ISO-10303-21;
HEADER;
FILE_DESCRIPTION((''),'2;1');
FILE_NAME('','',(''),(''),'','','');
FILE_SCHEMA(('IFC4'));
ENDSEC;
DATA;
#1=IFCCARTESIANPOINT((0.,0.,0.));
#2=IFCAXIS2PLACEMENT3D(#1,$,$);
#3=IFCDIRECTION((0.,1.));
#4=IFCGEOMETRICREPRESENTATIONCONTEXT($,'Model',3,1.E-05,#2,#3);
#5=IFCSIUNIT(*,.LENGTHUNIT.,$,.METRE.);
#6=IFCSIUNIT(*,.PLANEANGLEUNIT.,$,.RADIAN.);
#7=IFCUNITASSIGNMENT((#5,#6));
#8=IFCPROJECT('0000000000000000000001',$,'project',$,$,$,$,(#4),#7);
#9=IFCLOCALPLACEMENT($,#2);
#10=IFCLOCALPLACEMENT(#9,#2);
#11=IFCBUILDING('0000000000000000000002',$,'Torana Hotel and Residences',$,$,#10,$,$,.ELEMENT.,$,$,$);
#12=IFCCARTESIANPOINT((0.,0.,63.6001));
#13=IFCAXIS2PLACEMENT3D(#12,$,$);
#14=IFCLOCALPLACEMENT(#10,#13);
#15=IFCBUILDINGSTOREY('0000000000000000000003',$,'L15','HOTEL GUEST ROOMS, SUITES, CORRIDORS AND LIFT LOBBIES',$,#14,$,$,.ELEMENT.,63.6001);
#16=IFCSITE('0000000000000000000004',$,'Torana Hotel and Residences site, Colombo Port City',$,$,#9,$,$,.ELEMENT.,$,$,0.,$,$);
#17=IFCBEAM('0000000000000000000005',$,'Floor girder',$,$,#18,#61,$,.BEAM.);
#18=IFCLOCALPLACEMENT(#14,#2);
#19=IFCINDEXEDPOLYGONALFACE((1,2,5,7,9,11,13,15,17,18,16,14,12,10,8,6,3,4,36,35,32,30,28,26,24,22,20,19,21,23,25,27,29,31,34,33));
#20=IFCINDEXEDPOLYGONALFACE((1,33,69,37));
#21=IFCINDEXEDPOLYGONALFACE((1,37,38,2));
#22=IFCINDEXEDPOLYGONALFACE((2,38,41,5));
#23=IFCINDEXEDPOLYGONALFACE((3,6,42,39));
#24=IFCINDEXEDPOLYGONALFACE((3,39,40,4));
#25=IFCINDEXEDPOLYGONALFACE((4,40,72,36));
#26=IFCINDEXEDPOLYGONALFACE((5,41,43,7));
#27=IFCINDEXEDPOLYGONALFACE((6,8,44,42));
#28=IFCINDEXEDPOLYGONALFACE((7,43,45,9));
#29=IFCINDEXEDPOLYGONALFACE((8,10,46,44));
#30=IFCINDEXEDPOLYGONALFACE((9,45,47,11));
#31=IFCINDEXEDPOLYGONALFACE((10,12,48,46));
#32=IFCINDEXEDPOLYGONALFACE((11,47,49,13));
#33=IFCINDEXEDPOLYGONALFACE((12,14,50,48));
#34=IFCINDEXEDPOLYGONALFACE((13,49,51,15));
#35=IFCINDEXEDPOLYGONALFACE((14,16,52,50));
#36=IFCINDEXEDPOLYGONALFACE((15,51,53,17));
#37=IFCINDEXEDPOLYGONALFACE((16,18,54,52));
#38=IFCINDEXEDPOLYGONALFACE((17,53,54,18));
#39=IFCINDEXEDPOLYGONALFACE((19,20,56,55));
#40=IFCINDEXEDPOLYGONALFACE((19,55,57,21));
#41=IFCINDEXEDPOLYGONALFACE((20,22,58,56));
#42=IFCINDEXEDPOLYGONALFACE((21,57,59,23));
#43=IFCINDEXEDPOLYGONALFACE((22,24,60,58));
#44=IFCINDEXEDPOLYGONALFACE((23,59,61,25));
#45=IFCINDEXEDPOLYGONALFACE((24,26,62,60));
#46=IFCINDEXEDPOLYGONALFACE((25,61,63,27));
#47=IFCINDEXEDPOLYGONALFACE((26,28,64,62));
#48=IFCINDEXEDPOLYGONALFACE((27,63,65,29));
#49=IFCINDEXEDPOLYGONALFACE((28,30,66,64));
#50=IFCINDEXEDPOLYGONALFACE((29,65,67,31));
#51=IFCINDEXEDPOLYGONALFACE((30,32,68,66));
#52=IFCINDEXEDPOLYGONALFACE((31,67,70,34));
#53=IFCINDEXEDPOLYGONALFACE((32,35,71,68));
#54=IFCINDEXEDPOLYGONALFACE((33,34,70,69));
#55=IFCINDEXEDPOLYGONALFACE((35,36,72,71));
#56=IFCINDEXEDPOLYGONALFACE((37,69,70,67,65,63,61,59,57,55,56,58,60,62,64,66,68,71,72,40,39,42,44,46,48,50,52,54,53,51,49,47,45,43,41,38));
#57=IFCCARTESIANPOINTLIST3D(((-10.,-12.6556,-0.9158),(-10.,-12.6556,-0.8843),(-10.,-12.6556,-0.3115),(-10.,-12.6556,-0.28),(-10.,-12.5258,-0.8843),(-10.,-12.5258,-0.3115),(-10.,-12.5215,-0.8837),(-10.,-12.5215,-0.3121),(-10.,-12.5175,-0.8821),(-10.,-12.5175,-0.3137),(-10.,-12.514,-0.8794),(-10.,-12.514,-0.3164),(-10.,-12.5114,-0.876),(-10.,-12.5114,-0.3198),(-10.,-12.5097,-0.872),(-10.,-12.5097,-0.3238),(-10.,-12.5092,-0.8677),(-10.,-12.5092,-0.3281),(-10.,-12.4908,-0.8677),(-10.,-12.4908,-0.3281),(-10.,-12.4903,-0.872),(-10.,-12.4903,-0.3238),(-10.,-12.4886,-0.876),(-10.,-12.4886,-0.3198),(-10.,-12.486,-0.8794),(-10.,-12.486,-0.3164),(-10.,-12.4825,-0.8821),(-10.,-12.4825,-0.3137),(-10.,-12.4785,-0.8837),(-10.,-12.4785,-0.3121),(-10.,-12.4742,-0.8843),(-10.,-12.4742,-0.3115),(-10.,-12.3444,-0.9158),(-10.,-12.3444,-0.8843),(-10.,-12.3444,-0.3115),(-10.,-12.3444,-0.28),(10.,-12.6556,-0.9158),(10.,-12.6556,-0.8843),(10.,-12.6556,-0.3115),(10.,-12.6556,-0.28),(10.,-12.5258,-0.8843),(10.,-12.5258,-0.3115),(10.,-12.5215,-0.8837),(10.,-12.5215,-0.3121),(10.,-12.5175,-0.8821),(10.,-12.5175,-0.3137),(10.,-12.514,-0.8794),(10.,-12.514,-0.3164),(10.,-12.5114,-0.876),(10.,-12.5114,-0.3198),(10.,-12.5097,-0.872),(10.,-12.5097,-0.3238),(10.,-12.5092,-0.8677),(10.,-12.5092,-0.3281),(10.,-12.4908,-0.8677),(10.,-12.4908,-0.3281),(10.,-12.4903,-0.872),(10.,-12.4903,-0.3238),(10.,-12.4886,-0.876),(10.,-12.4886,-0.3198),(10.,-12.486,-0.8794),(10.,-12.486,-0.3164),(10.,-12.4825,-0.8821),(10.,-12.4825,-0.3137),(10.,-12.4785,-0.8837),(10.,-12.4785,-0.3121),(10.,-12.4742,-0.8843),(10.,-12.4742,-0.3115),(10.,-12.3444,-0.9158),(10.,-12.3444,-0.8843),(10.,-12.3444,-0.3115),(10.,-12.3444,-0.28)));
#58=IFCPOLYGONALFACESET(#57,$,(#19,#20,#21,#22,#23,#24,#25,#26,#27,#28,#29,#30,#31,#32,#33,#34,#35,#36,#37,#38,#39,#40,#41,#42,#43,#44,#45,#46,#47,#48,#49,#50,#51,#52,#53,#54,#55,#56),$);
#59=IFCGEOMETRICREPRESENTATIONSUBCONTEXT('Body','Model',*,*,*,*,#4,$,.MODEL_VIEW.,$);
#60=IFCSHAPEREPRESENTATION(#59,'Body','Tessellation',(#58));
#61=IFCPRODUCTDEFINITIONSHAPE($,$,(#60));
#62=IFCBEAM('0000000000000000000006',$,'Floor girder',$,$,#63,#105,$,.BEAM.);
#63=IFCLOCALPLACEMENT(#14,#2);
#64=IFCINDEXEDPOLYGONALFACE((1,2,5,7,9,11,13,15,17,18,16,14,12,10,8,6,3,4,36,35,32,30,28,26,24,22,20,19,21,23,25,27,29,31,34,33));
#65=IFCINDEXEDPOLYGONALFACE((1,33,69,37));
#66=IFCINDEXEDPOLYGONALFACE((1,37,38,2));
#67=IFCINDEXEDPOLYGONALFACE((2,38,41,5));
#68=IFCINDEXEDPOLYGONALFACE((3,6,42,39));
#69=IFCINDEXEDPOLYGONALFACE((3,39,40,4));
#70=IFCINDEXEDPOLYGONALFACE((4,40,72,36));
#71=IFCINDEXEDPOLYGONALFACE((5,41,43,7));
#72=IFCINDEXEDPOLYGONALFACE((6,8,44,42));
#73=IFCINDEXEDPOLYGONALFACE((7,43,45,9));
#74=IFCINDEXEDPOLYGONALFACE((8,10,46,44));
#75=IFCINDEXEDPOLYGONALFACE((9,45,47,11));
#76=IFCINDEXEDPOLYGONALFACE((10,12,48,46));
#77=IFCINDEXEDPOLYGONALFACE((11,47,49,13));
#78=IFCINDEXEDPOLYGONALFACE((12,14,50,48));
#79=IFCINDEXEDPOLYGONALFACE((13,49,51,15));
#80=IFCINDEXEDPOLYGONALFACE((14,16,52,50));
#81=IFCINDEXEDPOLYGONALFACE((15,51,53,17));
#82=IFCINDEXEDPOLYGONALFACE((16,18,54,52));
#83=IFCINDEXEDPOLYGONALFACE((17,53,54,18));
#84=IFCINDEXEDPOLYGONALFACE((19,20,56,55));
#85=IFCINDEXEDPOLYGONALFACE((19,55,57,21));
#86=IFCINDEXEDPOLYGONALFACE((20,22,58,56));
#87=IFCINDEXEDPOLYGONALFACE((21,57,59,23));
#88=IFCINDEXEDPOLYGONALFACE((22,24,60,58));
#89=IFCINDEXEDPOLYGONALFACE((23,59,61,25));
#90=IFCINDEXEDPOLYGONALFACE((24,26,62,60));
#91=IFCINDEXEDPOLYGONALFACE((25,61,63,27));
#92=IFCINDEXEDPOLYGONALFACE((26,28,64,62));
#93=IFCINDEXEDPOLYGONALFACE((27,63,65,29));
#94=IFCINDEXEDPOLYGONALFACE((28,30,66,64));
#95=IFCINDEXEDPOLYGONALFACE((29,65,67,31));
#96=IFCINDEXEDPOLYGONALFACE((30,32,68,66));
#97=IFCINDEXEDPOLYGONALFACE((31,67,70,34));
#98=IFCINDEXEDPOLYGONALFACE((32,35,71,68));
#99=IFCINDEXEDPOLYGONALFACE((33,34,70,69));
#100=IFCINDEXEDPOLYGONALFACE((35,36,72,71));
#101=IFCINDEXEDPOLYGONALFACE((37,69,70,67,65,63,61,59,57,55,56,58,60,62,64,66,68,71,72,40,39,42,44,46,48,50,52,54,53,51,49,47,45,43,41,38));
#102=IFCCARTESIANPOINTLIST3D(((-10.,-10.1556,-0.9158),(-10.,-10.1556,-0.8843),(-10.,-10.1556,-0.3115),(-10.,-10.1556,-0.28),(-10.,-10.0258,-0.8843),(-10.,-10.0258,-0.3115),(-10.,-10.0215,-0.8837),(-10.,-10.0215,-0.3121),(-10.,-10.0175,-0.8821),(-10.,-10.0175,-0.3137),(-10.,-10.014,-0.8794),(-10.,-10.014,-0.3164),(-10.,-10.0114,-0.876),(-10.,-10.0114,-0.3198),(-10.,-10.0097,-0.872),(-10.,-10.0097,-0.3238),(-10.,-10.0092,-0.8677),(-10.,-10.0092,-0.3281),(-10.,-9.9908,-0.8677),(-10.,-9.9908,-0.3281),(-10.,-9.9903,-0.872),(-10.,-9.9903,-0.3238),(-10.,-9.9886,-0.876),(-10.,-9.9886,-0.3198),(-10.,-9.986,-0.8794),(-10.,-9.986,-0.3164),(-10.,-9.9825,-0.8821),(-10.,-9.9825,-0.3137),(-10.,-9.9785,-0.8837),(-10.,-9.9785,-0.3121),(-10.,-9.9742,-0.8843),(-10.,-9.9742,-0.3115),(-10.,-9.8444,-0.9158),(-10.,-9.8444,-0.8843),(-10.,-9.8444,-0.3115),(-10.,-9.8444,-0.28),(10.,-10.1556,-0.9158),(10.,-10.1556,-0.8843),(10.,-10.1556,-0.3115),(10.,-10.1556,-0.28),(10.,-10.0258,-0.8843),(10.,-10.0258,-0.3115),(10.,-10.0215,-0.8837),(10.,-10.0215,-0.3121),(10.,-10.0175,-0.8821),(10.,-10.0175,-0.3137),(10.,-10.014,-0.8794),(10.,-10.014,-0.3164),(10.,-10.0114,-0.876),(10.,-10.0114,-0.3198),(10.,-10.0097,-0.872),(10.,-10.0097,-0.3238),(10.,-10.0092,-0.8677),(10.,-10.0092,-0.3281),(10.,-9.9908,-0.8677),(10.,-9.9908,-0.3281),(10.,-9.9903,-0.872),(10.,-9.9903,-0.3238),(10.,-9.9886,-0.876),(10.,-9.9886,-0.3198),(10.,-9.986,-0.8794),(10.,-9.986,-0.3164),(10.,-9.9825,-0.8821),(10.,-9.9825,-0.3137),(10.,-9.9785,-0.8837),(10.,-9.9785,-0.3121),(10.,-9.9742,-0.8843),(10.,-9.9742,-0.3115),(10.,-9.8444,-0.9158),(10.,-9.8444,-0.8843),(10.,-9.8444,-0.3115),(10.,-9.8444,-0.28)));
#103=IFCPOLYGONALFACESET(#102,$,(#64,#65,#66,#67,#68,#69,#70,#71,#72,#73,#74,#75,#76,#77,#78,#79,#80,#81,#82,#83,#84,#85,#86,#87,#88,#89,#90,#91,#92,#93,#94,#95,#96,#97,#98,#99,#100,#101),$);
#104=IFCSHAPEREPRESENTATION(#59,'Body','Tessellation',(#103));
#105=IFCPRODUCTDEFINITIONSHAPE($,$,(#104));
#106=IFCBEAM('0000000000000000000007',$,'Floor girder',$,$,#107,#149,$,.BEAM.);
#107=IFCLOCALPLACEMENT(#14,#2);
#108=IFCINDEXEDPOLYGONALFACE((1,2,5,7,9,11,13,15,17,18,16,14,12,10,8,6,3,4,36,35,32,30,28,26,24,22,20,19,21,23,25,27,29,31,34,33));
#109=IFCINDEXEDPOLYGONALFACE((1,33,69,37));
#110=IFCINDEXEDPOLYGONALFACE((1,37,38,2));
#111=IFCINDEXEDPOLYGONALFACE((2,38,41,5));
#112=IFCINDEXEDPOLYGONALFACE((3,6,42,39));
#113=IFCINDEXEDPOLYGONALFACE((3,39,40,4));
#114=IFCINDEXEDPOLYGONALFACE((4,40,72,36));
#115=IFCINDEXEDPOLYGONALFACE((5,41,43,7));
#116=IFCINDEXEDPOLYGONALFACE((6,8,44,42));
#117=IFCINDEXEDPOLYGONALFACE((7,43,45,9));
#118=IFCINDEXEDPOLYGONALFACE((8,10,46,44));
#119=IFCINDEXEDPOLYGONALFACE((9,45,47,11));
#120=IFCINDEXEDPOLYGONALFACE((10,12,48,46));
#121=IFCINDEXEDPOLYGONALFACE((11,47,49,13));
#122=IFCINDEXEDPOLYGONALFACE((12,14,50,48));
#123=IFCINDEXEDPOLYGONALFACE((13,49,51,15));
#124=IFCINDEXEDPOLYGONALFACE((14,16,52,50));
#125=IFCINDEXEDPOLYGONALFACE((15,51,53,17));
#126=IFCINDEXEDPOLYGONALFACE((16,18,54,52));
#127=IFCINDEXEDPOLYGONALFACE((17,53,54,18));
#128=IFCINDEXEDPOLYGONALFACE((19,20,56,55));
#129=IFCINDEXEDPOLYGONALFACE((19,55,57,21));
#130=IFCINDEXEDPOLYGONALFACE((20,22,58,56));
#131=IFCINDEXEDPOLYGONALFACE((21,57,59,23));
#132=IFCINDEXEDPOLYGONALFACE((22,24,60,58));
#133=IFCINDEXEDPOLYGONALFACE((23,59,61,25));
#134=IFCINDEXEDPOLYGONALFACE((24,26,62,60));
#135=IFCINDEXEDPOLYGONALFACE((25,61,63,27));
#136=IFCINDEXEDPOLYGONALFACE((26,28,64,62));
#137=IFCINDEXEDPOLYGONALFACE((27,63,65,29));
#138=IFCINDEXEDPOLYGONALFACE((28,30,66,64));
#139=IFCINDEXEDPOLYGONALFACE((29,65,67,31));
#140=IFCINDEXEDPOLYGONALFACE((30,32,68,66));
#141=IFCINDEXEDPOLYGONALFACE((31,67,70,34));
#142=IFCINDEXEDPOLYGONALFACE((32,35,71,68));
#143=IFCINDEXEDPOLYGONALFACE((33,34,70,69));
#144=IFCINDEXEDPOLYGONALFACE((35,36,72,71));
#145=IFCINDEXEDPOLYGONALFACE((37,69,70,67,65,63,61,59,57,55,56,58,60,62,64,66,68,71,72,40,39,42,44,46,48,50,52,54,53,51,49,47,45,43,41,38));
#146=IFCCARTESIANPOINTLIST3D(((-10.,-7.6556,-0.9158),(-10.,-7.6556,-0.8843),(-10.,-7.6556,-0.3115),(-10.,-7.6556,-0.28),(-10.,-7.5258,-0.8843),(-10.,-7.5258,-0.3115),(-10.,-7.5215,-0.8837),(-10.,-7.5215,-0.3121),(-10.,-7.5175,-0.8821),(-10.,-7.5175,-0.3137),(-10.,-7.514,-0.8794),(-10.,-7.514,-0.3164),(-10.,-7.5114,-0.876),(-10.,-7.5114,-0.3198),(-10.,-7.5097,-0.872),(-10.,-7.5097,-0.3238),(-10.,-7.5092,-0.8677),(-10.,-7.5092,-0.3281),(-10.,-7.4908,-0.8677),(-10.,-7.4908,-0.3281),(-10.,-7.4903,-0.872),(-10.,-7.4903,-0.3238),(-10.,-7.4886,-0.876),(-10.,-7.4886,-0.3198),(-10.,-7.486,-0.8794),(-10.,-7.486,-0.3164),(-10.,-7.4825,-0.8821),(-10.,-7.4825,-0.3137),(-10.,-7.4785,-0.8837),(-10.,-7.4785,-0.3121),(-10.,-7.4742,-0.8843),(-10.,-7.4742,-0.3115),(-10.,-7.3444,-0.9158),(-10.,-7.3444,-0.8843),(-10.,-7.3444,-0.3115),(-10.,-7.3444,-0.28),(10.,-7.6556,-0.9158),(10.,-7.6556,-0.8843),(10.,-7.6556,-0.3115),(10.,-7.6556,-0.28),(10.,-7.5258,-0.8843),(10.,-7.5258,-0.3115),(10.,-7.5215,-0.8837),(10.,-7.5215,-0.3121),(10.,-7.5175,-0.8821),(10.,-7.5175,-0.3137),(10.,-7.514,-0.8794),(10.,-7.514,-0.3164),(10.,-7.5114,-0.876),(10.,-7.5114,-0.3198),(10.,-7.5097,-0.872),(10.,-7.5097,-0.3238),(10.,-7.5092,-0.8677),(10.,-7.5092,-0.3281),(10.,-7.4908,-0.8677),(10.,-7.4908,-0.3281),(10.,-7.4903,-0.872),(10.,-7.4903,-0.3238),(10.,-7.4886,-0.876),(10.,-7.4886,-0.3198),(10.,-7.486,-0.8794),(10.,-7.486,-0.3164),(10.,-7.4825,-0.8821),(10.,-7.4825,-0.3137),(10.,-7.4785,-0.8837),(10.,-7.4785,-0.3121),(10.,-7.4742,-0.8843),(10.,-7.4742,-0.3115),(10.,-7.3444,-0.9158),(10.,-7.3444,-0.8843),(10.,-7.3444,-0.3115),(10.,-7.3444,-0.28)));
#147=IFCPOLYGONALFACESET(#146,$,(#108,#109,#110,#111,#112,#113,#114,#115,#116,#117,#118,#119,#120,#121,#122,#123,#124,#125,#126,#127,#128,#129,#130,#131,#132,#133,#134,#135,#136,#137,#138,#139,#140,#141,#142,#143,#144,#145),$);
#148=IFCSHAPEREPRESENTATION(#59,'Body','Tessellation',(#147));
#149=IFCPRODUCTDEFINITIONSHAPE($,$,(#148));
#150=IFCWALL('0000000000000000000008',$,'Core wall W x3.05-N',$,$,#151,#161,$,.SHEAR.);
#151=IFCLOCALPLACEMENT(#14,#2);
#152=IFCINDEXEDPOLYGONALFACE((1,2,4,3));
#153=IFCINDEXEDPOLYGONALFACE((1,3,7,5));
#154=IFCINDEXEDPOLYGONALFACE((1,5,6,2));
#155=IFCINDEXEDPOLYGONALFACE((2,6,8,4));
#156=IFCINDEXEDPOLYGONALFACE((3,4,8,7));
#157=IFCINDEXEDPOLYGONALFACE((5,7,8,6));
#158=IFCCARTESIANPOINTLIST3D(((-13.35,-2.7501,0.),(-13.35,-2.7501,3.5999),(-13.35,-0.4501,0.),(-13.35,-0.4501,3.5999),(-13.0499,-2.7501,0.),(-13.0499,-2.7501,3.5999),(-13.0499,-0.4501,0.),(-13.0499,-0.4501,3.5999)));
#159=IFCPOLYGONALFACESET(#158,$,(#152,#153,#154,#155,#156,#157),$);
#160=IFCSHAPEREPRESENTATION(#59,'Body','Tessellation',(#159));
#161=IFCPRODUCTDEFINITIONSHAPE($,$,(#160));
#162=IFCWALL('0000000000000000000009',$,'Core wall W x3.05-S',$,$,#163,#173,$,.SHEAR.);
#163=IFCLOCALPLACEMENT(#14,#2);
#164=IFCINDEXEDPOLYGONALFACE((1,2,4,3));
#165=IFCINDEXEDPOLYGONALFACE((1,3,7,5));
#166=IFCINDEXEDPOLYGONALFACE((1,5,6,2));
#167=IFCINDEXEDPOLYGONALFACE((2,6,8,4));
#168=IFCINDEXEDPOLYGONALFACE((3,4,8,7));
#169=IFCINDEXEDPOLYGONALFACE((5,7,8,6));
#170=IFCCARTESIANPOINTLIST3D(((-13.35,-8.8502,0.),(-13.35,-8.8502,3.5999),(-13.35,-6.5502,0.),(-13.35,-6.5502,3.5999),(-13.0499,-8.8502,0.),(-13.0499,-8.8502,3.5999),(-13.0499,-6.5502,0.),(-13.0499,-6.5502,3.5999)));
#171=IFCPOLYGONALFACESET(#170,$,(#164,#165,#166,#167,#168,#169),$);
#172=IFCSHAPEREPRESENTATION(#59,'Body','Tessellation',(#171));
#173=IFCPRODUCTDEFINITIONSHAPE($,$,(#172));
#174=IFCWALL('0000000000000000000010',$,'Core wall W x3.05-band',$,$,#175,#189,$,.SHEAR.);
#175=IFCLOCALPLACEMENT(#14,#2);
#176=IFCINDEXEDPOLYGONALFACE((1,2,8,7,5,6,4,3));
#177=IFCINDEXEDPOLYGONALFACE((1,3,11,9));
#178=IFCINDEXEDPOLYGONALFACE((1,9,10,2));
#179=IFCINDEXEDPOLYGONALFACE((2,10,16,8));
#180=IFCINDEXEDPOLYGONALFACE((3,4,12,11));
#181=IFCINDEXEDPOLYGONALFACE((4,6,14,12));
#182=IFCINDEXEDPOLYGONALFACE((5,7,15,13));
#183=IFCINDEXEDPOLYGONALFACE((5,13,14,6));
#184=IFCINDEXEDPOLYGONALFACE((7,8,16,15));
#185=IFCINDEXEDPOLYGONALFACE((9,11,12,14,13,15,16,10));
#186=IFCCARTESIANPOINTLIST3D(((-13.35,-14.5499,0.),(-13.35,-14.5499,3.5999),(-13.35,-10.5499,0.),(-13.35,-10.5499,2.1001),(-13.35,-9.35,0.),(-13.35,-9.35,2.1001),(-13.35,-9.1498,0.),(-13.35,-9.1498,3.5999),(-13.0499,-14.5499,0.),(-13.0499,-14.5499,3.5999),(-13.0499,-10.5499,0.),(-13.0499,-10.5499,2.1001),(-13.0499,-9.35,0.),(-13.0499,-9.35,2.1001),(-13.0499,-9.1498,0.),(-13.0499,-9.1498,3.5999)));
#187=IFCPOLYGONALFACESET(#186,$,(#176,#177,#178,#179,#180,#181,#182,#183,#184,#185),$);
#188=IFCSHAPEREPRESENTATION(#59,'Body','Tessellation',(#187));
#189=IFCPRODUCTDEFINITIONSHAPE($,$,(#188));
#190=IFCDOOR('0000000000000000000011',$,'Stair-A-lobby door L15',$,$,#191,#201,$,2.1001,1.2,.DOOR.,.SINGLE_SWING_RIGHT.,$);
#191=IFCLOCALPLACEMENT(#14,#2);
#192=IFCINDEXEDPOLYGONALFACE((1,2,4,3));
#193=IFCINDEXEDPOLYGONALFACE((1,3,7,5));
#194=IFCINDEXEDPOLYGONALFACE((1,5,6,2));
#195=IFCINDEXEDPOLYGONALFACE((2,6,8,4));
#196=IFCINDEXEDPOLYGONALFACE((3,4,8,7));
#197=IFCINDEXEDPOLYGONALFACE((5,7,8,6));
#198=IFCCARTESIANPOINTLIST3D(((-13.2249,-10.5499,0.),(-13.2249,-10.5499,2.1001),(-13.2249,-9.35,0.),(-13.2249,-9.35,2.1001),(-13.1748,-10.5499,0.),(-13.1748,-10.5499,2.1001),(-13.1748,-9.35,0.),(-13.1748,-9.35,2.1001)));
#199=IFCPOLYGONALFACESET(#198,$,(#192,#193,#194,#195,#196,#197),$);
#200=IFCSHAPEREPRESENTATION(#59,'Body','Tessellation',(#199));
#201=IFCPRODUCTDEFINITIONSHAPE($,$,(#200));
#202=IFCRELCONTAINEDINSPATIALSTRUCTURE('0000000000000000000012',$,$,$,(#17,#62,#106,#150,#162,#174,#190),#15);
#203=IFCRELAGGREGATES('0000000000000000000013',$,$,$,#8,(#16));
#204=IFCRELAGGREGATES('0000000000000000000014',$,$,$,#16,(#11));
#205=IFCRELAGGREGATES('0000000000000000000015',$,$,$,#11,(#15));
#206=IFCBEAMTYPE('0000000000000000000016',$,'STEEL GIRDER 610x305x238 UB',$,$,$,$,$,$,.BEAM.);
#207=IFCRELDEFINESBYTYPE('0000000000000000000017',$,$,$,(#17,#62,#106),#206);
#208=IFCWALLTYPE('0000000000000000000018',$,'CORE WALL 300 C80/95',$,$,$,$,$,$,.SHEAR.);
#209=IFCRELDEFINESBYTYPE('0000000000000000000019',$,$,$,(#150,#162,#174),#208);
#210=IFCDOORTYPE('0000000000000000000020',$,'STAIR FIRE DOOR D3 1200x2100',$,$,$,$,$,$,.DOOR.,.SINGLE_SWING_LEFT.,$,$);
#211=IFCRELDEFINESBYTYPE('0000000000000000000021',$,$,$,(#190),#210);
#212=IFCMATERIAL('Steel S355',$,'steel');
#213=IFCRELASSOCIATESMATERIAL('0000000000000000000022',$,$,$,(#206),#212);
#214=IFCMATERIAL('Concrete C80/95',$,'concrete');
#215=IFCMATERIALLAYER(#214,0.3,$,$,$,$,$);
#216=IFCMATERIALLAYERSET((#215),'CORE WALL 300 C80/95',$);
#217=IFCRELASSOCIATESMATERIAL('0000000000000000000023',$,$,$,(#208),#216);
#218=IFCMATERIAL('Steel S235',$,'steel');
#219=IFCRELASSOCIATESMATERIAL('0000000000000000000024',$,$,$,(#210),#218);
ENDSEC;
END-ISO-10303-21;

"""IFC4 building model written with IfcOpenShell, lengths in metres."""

from ifc_helpers import new_model, si_unit, direction, frame, frame_2d, origin, origin_2d, place, context, subcontext, project, spatial, rectangle, i_section, extrude, material, layer, layer_set, material_profile, profile_set, type_object, element, fill, save


model = new_model("IFC4")

# Units and contexts
model_context = context("Model", 3, precision=1e-05, world=origin(), true_north=direction((0.0, 1.0)))
body_context = subcontext(model_context, "Body", "Model", "MODEL_VIEW")
ifc_project = project(units=[si_unit("LENGTHUNIT", "METRE"), si_unit("PLANEANGLEUNIT", "RADIAN")], contexts=[model_context])

# Site, building, storey
site_placement = place(None, origin())
site = spatial("IfcSite", under=ifc_project, at=site_placement, Name="Torana Hotel and Residences site, Colombo Port City", CompositionType="ELEMENT", RefElevation=0.0)
building_placement = place(site_placement, origin())
building = spatial("IfcBuilding", under=site, at=building_placement, Name="Torana Hotel and Residences", CompositionType="ELEMENT")
storey_placement = place(building_placement, frame((0.0, 0.0, 63.6001)))
storey = spatial("IfcBuildingStorey", under=building, at=storey_placement, Name="L15", Description="HOTEL GUEST ROOMS, SUITES, CORRIDORS AND LIFT LOBBIES", CompositionType="ELEMENT", Elevation=63.6001)

# Beams
ifc_material_1 = material(Name="Steel S355", Category="steel")
ifc_material_profile = material_profile(ifc_material_1, i_section(OverallWidth=0.3113, OverallDepth=0.6357, WebThickness=0.0183, FlangeThickness=0.0315, FilletRadius=0.0166, at=origin_2d()), Name="610x305x238 UB")
ifc_profile_set = profile_set([ifc_material_profile], Name="Steel S355")
beam_type = type_object("IfcBeamType", Name="STEEL GIRDER 610x305x238 UB", PredefinedType="BEAM", material=ifc_profile_set)
for number, where, z_axis, x_axis, name in (
    (1, (-10.0, -12.5, -0.5979), (1.0, 0.0, 0.0), (0.0, 1.0, 0.0), "Floor girder"),
    (2, (-10.0, -10.0, -0.5979), (1.0, 0.0, 0.0), (0.0, 1.0, 0.0), "Floor girder"),
    (3, (-10.0, -7.5, -0.5979), (1.0, 0.0, 0.0), (0.0, 1.0, 0.0), "Floor girder"),
):
    element("IfcBeam", number, at=place(storey_placement, frame(where, z_axis=z_axis, x_axis=x_axis)), inside=storey, type_object=beam_type, Name=name, PredefinedType="BEAM", context=body_context, shape_type="SweptSolid", body=[
        extrude(i_section(OverallWidth=0.3113, OverallDepth=0.6357, WebThickness=0.0183, FlangeThickness=0.0315, FilletRadius=0.0166, at=origin_2d()), origin(), (0.0, 0.0, 1.0), 20.0),
    ])

# Walls
ifc_material_2 = material(Name="Concrete C80/95", Category="concrete")
ifc_layer_1 = layer(ifc_material_2, 0.3)
ifc_layer_set_1 = layer_set([ifc_layer_1], Name="CORE WALL 300 C80/95")
wall_type_1 = type_object("IfcWallType", Name="CORE WALL 300 C80/95", PredefinedType="SHEAR", material=ifc_layer_set_1)
for number, where, z_axis, x_axis, name in (
    (4, (-13.2, -2.75, 0.0), (0.0, 0.0, 1.0), (0.0, 1.0, 0.0), "Core wall W x3.05-N"),
    (5, (-13.2, -8.8501, 0.0), (0.0, 0.0, 1.0), (0.0, 1.0, 0.0), "Core wall W x3.05-S"),
):
    element("IfcWall", number, at=place(storey_placement, frame(where, z_axis=z_axis, x_axis=x_axis)), inside=storey, type_object=wall_type_1, Name=name, PredefinedType="SHEAR", context=body_context, shape_type="SweptSolid", body=[
        extrude(rectangle(XDim=2.3, YDim=0.3, at=frame_2d((1.1499, 0.0))), origin(), (0.0, 0.0, 1.0), 3.5999),
    ])

# Wall, opening, door
wall_1_placement = place(storey_placement, frame((-13.2, -14.55, 0.0), z_axis=(0.0, 0.0, 1.0), x_axis=(0.0, 1.0, 0.0)))
wall_1 = element("IfcWall", 6, at=wall_1_placement, inside=storey, type_object=wall_type_1, Name="Core wall W x3.05-band", PredefinedType="SHEAR", context=body_context, shape_type="SweptSolid", body=[
    extrude(rectangle(XDim=5.4001, YDim=0.3, at=frame_2d((2.7002, 0.0))), origin(), (0.0, 0.0, 1.0), 3.5999),
])
opening_1_placement = place(wall_1_placement, frame((4.0, 0.0, 0.0)))
opening_1 = element("IfcOpeningElement", 7, at=opening_1_placement, cuts=wall_1, PredefinedType="OPENING", context=body_context, shape_type="SweptSolid", body=[
    extrude(rectangle(XDim=1.2, YDim=2.1001, at=frame_2d((0.6001, 1.05))), frame((0.0, 0.1599, 0.0), z_axis=(0.0, -1.0, 0.0), x_axis=(1.0, 0.0, 0.0)), (0.0, 0.0, 1.0), 0.3201),
])
ifc_material_3 = material(Name="Steel S235", Category="steel")
door_type_1 = type_object("IfcDoorType", Name="STAIR FIRE DOOR D3 1200x2100", OperationType="SINGLE_SWING_LEFT", PredefinedType="DOOR", material=ifc_material_3)
door_1_placement = place(opening_1_placement, frame((0.6001, 0.0, 0.0), z_axis=(0.0, 0.0, 1.0), x_axis=(-1.0, 0.0, 0.0)))
door_1 = element("IfcDoor", 8, at=door_1_placement, inside=storey, type_object=door_type_1, Name="Stair-A-lobby door L15", OperationType="SINGLE_SWING_RIGHT", OverallHeight=2.1001, OverallWidth=1.2, PredefinedType="DOOR", context=body_context, shape_type="SweptSolid", body=[
    extrude(rectangle(XDim=1.2, YDim=2.1001, at=frame_2d((0.0, 1.05))), frame((0.0, -0.0249, 0.0), z_axis=(0.0, 1.0, 0.0), x_axis=(-1.0, 0.0, 0.0)), (0.0, 0.0, 1.0), 0.05),
])
fill(opening_1, door_1)

save(model, "model.ifc")
